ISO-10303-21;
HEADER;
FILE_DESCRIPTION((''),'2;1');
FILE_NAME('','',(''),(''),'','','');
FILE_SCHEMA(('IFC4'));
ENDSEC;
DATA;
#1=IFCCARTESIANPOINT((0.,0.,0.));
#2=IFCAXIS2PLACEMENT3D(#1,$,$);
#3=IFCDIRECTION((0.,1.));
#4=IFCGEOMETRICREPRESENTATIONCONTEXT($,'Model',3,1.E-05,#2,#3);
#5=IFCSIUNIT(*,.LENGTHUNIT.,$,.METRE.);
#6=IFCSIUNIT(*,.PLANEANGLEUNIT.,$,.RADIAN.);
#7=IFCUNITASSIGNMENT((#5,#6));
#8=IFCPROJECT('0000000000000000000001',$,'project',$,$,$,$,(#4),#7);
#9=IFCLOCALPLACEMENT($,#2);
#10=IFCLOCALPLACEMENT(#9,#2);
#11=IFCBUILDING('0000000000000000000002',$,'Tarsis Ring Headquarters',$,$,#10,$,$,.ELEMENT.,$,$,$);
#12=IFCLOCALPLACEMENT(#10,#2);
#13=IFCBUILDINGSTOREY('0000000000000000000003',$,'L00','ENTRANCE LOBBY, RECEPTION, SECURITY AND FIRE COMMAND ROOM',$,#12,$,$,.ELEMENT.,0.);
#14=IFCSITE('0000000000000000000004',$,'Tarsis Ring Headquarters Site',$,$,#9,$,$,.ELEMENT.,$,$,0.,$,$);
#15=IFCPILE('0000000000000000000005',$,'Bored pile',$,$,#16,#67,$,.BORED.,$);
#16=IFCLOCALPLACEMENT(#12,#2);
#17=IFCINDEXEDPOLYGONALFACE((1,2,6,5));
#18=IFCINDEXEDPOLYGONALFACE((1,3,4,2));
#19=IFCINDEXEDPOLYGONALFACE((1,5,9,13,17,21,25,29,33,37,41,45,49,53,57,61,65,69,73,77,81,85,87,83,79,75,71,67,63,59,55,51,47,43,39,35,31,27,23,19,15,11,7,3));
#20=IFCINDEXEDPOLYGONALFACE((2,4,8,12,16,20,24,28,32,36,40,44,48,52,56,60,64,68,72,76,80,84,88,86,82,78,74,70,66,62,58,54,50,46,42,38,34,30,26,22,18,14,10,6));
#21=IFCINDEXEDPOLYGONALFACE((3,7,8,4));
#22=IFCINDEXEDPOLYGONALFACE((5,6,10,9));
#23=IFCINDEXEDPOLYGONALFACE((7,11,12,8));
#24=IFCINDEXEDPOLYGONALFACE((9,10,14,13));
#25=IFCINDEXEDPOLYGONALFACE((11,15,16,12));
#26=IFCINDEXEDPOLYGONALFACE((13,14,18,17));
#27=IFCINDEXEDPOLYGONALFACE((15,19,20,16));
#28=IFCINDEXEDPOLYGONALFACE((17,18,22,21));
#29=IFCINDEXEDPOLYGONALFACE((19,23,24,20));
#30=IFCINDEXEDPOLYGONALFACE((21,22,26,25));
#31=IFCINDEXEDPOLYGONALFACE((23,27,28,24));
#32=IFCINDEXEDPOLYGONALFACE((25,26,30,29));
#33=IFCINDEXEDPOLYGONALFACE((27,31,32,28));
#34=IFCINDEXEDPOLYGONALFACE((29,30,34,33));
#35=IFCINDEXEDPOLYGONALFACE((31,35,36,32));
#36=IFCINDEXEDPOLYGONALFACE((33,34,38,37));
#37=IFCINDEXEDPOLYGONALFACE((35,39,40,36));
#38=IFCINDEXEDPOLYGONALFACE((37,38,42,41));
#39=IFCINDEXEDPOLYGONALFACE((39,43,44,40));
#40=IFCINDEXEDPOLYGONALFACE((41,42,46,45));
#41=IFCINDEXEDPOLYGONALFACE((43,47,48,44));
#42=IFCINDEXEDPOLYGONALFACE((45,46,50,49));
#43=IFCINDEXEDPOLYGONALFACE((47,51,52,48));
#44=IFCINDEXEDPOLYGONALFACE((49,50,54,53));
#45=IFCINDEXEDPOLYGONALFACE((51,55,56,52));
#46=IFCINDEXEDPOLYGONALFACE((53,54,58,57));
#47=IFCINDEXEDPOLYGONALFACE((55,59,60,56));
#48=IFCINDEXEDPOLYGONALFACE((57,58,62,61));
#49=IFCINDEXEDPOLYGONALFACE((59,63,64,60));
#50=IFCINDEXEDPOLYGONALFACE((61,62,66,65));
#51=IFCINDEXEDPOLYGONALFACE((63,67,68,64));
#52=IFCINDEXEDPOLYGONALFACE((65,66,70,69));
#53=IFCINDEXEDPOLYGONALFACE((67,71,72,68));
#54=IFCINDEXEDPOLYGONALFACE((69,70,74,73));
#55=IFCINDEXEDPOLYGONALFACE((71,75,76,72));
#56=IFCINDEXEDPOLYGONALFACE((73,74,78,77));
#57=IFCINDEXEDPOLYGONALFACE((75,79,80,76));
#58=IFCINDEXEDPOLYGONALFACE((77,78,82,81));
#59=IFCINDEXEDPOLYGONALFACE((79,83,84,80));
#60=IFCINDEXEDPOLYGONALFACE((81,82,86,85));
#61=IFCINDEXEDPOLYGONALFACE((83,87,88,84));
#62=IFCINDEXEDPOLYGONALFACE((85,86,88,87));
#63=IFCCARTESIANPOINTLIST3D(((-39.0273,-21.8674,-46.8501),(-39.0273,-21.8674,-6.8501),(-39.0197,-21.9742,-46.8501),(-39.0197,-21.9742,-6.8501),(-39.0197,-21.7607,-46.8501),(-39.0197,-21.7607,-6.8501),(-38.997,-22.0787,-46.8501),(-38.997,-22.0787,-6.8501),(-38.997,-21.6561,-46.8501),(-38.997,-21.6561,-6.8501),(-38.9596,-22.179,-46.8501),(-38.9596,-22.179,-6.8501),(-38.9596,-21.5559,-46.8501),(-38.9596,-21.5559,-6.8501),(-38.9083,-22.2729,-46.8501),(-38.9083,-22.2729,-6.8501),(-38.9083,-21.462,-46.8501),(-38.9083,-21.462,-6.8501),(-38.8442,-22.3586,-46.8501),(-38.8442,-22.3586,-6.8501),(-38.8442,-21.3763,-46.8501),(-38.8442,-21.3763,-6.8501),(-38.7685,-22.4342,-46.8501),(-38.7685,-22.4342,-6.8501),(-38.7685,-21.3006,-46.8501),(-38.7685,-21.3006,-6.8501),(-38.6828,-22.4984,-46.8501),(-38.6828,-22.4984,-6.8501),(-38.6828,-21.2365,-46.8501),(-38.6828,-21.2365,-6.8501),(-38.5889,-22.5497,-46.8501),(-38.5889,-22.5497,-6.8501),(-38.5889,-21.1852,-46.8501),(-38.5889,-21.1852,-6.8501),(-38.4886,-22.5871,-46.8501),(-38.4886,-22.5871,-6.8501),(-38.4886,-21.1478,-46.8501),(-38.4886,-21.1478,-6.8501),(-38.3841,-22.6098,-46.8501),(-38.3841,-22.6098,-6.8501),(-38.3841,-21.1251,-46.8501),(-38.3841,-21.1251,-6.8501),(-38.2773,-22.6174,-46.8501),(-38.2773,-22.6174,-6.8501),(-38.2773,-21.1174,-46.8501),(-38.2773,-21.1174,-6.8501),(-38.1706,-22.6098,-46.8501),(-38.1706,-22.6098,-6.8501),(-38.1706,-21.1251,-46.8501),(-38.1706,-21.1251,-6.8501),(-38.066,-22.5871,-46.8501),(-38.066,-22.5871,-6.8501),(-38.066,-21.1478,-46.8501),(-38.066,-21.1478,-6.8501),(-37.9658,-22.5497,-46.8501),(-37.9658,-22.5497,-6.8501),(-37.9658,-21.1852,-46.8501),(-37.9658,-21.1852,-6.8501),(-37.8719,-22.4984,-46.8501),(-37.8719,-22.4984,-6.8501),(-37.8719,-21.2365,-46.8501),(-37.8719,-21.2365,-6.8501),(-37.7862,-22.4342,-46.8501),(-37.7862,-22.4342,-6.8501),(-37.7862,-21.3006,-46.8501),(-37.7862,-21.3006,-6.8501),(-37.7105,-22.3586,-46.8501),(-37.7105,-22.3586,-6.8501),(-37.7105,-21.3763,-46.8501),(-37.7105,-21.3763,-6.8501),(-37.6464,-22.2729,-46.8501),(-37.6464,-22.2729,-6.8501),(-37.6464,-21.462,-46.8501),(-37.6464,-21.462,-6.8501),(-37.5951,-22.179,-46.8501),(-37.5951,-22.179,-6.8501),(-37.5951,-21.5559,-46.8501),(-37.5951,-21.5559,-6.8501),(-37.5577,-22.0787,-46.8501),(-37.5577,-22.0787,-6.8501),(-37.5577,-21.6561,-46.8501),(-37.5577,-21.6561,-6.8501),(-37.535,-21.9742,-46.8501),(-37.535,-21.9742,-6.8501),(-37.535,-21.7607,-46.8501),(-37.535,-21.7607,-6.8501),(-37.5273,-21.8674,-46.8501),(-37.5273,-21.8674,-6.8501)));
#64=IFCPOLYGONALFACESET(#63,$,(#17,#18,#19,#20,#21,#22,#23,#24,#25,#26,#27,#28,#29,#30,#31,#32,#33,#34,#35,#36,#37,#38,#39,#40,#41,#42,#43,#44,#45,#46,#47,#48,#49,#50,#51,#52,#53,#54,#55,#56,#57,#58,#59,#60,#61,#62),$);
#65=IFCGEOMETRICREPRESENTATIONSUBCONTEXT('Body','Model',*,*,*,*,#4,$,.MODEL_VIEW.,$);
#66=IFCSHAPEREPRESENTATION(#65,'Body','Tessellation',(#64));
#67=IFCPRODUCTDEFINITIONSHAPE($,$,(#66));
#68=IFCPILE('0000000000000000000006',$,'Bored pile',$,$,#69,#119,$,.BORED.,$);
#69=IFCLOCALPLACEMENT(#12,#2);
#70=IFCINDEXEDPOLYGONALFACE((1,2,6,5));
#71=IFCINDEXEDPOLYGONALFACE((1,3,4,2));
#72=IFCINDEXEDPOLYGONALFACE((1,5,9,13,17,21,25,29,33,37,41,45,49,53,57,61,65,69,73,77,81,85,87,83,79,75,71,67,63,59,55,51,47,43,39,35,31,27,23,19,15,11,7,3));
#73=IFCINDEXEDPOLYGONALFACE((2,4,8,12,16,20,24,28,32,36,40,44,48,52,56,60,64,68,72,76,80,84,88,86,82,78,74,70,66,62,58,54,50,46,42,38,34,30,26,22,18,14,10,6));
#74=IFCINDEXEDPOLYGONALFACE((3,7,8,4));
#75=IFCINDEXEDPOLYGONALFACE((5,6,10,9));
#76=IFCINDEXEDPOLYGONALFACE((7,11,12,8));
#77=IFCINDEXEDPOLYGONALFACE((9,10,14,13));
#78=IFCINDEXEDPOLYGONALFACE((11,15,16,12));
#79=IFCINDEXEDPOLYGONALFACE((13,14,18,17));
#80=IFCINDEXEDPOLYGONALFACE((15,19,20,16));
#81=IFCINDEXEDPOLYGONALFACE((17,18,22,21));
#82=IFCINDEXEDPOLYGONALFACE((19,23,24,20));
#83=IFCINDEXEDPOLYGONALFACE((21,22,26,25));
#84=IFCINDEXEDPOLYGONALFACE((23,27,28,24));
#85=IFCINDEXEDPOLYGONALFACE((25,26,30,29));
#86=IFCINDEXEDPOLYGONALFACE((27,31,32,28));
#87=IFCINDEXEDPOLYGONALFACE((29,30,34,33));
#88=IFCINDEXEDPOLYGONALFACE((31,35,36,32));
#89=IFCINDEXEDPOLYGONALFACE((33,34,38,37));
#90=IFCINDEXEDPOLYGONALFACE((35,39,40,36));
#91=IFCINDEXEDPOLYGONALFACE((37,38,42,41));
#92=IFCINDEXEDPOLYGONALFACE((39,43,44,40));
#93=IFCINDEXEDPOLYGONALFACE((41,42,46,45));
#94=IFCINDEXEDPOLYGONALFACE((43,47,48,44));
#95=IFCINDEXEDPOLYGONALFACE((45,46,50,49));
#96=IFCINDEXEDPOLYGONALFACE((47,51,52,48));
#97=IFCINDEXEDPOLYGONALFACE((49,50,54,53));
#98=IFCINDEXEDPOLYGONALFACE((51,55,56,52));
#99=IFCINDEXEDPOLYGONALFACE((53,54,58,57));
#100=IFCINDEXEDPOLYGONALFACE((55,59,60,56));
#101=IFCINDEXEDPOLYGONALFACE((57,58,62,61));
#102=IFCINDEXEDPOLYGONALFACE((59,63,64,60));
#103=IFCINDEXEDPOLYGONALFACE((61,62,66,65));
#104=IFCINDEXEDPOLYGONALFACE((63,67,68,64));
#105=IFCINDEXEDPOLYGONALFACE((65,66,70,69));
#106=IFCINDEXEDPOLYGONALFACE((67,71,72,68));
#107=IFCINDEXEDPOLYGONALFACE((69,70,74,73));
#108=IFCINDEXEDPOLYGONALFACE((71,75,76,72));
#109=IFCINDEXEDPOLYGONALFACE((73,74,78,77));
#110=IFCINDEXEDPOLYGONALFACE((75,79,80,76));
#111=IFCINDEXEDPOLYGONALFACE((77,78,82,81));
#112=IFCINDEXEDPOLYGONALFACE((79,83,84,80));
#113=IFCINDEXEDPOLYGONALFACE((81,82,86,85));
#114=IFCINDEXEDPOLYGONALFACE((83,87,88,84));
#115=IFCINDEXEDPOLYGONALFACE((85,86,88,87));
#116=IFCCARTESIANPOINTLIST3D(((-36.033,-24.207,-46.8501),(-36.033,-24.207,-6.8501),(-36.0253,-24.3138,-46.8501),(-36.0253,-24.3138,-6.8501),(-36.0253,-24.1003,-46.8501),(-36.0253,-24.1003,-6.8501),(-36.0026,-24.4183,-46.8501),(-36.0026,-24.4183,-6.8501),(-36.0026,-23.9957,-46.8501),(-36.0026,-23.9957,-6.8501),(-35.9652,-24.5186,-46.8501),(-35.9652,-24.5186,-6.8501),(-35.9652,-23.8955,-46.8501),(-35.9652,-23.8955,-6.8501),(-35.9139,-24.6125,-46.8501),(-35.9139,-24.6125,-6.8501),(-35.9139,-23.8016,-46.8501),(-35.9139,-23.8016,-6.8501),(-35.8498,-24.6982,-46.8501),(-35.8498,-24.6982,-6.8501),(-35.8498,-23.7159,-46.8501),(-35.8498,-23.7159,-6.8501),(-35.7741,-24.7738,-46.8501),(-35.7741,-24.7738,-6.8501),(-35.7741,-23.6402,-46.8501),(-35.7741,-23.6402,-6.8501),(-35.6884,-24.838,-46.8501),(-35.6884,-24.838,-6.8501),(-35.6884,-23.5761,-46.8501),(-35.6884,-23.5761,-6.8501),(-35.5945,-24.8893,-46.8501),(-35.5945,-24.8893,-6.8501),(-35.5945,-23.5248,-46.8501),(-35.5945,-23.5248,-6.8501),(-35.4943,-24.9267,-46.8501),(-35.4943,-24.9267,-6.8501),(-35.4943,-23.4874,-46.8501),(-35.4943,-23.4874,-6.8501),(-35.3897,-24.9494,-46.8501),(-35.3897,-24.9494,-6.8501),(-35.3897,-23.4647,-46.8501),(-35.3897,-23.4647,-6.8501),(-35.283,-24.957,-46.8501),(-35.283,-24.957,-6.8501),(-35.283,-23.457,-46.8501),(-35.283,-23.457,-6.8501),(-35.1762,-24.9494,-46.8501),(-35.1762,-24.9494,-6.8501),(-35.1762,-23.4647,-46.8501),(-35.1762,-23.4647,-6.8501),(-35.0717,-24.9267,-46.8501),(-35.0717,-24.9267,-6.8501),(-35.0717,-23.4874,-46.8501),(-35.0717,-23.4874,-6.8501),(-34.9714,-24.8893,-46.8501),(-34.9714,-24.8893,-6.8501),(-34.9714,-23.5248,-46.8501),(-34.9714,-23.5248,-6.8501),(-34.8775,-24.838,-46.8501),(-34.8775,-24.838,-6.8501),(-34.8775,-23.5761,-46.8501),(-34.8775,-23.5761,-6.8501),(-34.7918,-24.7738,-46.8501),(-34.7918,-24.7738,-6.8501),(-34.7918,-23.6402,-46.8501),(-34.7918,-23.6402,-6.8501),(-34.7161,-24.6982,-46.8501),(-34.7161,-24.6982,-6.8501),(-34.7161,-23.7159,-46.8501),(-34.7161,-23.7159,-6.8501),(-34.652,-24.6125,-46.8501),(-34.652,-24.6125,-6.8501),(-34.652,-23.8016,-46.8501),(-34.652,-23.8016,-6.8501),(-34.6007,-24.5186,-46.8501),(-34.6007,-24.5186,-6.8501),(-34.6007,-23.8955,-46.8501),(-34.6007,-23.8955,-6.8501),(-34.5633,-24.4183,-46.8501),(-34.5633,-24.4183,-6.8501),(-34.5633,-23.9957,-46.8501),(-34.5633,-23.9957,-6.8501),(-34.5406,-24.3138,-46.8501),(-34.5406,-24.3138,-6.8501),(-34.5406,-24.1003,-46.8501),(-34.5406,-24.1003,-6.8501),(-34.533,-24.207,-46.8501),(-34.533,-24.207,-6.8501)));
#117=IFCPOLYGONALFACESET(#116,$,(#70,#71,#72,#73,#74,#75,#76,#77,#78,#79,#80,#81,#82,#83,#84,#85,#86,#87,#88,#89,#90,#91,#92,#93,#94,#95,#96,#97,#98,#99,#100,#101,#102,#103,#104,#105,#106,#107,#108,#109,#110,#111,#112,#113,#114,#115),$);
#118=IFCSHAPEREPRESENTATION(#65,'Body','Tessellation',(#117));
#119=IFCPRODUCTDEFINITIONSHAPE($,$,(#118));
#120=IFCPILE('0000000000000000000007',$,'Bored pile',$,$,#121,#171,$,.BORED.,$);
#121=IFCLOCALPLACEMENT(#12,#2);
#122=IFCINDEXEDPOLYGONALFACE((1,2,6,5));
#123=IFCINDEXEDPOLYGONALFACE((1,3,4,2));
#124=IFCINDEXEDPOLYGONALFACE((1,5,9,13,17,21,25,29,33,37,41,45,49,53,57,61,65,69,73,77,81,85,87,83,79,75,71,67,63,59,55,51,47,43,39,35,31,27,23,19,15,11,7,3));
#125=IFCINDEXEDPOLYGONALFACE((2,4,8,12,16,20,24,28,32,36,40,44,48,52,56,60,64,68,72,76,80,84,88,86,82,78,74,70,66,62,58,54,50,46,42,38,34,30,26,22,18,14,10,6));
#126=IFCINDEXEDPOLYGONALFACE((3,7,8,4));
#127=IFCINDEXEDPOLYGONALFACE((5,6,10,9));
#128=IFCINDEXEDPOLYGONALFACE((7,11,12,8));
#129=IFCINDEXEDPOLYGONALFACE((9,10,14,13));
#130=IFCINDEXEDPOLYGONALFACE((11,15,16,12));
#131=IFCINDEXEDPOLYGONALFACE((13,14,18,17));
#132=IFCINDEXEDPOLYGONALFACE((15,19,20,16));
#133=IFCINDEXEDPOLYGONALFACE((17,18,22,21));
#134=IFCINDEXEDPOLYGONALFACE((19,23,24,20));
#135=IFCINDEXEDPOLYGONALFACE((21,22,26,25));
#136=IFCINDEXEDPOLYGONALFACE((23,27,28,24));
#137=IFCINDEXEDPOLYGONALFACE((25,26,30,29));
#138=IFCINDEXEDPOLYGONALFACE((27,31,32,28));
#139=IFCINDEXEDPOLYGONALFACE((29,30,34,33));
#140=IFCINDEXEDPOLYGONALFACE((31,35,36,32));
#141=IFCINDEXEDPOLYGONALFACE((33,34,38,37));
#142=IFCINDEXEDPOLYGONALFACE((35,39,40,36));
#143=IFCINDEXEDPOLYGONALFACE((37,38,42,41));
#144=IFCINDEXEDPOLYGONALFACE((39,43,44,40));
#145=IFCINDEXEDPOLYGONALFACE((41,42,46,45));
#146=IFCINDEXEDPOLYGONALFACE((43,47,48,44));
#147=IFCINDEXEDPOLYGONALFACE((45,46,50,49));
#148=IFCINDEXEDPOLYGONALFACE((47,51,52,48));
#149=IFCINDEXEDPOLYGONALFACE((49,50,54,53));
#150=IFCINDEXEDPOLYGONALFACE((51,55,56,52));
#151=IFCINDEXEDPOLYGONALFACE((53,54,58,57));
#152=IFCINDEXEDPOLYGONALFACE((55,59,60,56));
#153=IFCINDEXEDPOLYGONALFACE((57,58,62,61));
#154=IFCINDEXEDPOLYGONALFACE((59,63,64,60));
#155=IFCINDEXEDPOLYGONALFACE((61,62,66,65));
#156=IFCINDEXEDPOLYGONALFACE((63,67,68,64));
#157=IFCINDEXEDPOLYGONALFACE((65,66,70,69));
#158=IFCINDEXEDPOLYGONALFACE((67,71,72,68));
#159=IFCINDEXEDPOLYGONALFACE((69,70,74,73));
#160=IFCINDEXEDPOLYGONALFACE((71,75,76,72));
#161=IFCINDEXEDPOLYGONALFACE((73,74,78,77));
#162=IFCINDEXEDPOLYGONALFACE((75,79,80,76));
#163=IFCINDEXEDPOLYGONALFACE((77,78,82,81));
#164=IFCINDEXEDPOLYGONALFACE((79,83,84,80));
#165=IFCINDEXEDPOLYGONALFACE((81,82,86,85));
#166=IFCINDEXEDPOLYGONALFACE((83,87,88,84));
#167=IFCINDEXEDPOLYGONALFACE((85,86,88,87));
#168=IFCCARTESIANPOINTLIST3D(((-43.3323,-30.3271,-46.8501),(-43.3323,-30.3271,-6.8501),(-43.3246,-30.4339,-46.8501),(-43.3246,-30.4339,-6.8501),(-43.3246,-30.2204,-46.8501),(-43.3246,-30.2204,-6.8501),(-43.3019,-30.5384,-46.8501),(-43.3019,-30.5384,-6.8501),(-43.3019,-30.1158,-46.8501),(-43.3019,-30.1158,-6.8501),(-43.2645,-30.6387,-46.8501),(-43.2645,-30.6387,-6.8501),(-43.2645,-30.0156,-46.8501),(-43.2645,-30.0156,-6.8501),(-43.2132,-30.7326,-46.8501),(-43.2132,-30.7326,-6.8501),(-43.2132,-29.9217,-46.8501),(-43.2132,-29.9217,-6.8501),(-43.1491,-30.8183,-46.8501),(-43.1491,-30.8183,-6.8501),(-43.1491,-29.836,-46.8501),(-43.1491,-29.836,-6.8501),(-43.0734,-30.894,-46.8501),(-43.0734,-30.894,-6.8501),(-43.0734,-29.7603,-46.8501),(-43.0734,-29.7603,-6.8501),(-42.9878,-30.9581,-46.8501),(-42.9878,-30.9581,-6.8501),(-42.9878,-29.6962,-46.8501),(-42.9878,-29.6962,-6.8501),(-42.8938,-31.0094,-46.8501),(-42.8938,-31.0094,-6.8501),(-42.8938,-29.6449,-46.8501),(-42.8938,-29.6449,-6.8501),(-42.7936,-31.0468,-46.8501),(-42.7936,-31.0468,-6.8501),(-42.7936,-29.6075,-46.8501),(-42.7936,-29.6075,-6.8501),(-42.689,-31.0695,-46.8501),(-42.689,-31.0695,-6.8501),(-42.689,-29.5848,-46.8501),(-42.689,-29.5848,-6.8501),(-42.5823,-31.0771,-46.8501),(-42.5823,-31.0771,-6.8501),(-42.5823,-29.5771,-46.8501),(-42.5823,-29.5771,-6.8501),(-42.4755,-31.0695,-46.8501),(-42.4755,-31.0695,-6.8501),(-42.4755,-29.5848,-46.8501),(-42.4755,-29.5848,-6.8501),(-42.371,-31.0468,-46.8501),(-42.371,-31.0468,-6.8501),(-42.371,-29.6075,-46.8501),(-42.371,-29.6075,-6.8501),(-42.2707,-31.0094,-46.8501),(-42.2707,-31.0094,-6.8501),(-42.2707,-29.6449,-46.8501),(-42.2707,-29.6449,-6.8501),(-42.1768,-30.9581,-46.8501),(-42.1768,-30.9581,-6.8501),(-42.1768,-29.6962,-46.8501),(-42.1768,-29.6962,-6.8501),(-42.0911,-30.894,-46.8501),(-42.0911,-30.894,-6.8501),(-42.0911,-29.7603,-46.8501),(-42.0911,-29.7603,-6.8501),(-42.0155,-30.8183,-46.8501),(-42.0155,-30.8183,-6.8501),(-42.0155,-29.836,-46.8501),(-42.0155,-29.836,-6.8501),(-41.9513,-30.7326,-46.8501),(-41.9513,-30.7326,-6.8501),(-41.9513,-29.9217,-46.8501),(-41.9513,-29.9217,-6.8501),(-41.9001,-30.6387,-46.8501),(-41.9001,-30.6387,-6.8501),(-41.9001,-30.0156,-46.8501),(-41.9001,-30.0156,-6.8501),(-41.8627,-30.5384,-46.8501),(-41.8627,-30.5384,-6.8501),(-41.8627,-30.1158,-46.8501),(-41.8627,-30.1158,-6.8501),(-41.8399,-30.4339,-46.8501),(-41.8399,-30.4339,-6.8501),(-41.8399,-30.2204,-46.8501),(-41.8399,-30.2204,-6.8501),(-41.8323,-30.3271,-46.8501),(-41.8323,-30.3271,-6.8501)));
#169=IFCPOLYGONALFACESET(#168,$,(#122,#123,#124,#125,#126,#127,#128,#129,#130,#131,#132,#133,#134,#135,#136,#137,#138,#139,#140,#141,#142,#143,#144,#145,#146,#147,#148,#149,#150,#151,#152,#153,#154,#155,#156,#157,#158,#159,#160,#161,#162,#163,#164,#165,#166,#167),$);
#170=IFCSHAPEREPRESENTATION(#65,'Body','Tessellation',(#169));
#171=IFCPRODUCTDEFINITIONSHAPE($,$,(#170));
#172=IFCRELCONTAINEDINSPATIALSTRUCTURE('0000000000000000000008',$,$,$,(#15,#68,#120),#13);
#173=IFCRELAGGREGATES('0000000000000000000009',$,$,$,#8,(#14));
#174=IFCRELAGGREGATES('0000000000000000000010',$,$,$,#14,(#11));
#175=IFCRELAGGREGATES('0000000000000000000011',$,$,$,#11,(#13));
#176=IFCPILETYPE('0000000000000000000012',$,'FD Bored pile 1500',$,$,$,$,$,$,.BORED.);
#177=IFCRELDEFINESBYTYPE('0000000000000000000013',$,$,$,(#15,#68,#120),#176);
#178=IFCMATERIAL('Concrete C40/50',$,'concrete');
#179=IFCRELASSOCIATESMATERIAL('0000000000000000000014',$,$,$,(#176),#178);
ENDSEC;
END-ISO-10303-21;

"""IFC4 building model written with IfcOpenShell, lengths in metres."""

from ifc_helpers import new_model, si_unit, direction, frame, origin, origin_2d, place, context, subcontext, project, spatial, circle, extrude, material, material_profile, profile_set, type_object, element, save


model = new_model("IFC4")

# Units and contexts
model_context = context("Model", 3, precision=1e-05, world=origin(), true_north=direction((0.0, 1.0)))
body_context = subcontext(model_context, "Body", "Model", "MODEL_VIEW")
ifc_project = project(units=[si_unit("LENGTHUNIT", "METRE"), si_unit("PLANEANGLEUNIT", "RADIAN")], contexts=[model_context])

# Site, building, storey
site_placement = place(None, origin())
site = spatial("IfcSite", under=ifc_project, at=site_placement, Name="Tarsis Ring Headquarters Site", CompositionType="ELEMENT", RefElevation=0.0)
building_placement = place(site_placement, origin())
building = spatial("IfcBuilding", under=site, at=building_placement, Name="Tarsis Ring Headquarters", CompositionType="ELEMENT")
storey_placement = place(building_placement, origin())
storey = spatial("IfcBuildingStorey", under=building, at=storey_placement, Name="L00", Description="ENTRANCE LOBBY, RECEPTION, SECURITY AND FIRE COMMAND ROOM", CompositionType="ELEMENT", Elevation=0.0)

# Piles
ifc_material_1 = material(Name="Concrete C40/50", Category="concrete")
ifc_material_profile_1 = material_profile(ifc_material_1, circle(Radius=0.75, at=origin_2d()), Name="BORED 1500")
ifc_profile_set_1 = profile_set([ifc_material_profile_1], Name="Concrete C40/50")
pile_type = type_object("IfcPileType", Name="FD Bored pile 1500", PredefinedType="BORED", material=ifc_profile_set_1)
for number, where, z_axis, x_axis, name in (
    (1, (-38.2773, -21.8674, -6.8501), (0.0, 0.0, -1.0), (1.0, 0.0, 0.0), "Bored pile"),
    (2, (-35.283, -24.207, -6.8501), (0.0, 0.0, -1.0), (1.0, 0.0, 0.0), "Bored pile"),
    (3, (-42.5823, -30.3271, -6.8501), (0.0, 0.0, -1.0), (1.0, 0.0, 0.0), "Bored pile"),
):
    element("IfcPile", number, at=place(storey_placement, frame(where, z_axis=z_axis, x_axis=x_axis)), inside=storey, type_object=pile_type, Name=name, PredefinedType="BORED", context=body_context, shape_type="SweptSolid", body=[
        extrude(circle(Radius=0.75, at=origin_2d()), origin(), (0.0, 0.0, 1.0), 40.0),
    ])

save(model, "model.ifc")
